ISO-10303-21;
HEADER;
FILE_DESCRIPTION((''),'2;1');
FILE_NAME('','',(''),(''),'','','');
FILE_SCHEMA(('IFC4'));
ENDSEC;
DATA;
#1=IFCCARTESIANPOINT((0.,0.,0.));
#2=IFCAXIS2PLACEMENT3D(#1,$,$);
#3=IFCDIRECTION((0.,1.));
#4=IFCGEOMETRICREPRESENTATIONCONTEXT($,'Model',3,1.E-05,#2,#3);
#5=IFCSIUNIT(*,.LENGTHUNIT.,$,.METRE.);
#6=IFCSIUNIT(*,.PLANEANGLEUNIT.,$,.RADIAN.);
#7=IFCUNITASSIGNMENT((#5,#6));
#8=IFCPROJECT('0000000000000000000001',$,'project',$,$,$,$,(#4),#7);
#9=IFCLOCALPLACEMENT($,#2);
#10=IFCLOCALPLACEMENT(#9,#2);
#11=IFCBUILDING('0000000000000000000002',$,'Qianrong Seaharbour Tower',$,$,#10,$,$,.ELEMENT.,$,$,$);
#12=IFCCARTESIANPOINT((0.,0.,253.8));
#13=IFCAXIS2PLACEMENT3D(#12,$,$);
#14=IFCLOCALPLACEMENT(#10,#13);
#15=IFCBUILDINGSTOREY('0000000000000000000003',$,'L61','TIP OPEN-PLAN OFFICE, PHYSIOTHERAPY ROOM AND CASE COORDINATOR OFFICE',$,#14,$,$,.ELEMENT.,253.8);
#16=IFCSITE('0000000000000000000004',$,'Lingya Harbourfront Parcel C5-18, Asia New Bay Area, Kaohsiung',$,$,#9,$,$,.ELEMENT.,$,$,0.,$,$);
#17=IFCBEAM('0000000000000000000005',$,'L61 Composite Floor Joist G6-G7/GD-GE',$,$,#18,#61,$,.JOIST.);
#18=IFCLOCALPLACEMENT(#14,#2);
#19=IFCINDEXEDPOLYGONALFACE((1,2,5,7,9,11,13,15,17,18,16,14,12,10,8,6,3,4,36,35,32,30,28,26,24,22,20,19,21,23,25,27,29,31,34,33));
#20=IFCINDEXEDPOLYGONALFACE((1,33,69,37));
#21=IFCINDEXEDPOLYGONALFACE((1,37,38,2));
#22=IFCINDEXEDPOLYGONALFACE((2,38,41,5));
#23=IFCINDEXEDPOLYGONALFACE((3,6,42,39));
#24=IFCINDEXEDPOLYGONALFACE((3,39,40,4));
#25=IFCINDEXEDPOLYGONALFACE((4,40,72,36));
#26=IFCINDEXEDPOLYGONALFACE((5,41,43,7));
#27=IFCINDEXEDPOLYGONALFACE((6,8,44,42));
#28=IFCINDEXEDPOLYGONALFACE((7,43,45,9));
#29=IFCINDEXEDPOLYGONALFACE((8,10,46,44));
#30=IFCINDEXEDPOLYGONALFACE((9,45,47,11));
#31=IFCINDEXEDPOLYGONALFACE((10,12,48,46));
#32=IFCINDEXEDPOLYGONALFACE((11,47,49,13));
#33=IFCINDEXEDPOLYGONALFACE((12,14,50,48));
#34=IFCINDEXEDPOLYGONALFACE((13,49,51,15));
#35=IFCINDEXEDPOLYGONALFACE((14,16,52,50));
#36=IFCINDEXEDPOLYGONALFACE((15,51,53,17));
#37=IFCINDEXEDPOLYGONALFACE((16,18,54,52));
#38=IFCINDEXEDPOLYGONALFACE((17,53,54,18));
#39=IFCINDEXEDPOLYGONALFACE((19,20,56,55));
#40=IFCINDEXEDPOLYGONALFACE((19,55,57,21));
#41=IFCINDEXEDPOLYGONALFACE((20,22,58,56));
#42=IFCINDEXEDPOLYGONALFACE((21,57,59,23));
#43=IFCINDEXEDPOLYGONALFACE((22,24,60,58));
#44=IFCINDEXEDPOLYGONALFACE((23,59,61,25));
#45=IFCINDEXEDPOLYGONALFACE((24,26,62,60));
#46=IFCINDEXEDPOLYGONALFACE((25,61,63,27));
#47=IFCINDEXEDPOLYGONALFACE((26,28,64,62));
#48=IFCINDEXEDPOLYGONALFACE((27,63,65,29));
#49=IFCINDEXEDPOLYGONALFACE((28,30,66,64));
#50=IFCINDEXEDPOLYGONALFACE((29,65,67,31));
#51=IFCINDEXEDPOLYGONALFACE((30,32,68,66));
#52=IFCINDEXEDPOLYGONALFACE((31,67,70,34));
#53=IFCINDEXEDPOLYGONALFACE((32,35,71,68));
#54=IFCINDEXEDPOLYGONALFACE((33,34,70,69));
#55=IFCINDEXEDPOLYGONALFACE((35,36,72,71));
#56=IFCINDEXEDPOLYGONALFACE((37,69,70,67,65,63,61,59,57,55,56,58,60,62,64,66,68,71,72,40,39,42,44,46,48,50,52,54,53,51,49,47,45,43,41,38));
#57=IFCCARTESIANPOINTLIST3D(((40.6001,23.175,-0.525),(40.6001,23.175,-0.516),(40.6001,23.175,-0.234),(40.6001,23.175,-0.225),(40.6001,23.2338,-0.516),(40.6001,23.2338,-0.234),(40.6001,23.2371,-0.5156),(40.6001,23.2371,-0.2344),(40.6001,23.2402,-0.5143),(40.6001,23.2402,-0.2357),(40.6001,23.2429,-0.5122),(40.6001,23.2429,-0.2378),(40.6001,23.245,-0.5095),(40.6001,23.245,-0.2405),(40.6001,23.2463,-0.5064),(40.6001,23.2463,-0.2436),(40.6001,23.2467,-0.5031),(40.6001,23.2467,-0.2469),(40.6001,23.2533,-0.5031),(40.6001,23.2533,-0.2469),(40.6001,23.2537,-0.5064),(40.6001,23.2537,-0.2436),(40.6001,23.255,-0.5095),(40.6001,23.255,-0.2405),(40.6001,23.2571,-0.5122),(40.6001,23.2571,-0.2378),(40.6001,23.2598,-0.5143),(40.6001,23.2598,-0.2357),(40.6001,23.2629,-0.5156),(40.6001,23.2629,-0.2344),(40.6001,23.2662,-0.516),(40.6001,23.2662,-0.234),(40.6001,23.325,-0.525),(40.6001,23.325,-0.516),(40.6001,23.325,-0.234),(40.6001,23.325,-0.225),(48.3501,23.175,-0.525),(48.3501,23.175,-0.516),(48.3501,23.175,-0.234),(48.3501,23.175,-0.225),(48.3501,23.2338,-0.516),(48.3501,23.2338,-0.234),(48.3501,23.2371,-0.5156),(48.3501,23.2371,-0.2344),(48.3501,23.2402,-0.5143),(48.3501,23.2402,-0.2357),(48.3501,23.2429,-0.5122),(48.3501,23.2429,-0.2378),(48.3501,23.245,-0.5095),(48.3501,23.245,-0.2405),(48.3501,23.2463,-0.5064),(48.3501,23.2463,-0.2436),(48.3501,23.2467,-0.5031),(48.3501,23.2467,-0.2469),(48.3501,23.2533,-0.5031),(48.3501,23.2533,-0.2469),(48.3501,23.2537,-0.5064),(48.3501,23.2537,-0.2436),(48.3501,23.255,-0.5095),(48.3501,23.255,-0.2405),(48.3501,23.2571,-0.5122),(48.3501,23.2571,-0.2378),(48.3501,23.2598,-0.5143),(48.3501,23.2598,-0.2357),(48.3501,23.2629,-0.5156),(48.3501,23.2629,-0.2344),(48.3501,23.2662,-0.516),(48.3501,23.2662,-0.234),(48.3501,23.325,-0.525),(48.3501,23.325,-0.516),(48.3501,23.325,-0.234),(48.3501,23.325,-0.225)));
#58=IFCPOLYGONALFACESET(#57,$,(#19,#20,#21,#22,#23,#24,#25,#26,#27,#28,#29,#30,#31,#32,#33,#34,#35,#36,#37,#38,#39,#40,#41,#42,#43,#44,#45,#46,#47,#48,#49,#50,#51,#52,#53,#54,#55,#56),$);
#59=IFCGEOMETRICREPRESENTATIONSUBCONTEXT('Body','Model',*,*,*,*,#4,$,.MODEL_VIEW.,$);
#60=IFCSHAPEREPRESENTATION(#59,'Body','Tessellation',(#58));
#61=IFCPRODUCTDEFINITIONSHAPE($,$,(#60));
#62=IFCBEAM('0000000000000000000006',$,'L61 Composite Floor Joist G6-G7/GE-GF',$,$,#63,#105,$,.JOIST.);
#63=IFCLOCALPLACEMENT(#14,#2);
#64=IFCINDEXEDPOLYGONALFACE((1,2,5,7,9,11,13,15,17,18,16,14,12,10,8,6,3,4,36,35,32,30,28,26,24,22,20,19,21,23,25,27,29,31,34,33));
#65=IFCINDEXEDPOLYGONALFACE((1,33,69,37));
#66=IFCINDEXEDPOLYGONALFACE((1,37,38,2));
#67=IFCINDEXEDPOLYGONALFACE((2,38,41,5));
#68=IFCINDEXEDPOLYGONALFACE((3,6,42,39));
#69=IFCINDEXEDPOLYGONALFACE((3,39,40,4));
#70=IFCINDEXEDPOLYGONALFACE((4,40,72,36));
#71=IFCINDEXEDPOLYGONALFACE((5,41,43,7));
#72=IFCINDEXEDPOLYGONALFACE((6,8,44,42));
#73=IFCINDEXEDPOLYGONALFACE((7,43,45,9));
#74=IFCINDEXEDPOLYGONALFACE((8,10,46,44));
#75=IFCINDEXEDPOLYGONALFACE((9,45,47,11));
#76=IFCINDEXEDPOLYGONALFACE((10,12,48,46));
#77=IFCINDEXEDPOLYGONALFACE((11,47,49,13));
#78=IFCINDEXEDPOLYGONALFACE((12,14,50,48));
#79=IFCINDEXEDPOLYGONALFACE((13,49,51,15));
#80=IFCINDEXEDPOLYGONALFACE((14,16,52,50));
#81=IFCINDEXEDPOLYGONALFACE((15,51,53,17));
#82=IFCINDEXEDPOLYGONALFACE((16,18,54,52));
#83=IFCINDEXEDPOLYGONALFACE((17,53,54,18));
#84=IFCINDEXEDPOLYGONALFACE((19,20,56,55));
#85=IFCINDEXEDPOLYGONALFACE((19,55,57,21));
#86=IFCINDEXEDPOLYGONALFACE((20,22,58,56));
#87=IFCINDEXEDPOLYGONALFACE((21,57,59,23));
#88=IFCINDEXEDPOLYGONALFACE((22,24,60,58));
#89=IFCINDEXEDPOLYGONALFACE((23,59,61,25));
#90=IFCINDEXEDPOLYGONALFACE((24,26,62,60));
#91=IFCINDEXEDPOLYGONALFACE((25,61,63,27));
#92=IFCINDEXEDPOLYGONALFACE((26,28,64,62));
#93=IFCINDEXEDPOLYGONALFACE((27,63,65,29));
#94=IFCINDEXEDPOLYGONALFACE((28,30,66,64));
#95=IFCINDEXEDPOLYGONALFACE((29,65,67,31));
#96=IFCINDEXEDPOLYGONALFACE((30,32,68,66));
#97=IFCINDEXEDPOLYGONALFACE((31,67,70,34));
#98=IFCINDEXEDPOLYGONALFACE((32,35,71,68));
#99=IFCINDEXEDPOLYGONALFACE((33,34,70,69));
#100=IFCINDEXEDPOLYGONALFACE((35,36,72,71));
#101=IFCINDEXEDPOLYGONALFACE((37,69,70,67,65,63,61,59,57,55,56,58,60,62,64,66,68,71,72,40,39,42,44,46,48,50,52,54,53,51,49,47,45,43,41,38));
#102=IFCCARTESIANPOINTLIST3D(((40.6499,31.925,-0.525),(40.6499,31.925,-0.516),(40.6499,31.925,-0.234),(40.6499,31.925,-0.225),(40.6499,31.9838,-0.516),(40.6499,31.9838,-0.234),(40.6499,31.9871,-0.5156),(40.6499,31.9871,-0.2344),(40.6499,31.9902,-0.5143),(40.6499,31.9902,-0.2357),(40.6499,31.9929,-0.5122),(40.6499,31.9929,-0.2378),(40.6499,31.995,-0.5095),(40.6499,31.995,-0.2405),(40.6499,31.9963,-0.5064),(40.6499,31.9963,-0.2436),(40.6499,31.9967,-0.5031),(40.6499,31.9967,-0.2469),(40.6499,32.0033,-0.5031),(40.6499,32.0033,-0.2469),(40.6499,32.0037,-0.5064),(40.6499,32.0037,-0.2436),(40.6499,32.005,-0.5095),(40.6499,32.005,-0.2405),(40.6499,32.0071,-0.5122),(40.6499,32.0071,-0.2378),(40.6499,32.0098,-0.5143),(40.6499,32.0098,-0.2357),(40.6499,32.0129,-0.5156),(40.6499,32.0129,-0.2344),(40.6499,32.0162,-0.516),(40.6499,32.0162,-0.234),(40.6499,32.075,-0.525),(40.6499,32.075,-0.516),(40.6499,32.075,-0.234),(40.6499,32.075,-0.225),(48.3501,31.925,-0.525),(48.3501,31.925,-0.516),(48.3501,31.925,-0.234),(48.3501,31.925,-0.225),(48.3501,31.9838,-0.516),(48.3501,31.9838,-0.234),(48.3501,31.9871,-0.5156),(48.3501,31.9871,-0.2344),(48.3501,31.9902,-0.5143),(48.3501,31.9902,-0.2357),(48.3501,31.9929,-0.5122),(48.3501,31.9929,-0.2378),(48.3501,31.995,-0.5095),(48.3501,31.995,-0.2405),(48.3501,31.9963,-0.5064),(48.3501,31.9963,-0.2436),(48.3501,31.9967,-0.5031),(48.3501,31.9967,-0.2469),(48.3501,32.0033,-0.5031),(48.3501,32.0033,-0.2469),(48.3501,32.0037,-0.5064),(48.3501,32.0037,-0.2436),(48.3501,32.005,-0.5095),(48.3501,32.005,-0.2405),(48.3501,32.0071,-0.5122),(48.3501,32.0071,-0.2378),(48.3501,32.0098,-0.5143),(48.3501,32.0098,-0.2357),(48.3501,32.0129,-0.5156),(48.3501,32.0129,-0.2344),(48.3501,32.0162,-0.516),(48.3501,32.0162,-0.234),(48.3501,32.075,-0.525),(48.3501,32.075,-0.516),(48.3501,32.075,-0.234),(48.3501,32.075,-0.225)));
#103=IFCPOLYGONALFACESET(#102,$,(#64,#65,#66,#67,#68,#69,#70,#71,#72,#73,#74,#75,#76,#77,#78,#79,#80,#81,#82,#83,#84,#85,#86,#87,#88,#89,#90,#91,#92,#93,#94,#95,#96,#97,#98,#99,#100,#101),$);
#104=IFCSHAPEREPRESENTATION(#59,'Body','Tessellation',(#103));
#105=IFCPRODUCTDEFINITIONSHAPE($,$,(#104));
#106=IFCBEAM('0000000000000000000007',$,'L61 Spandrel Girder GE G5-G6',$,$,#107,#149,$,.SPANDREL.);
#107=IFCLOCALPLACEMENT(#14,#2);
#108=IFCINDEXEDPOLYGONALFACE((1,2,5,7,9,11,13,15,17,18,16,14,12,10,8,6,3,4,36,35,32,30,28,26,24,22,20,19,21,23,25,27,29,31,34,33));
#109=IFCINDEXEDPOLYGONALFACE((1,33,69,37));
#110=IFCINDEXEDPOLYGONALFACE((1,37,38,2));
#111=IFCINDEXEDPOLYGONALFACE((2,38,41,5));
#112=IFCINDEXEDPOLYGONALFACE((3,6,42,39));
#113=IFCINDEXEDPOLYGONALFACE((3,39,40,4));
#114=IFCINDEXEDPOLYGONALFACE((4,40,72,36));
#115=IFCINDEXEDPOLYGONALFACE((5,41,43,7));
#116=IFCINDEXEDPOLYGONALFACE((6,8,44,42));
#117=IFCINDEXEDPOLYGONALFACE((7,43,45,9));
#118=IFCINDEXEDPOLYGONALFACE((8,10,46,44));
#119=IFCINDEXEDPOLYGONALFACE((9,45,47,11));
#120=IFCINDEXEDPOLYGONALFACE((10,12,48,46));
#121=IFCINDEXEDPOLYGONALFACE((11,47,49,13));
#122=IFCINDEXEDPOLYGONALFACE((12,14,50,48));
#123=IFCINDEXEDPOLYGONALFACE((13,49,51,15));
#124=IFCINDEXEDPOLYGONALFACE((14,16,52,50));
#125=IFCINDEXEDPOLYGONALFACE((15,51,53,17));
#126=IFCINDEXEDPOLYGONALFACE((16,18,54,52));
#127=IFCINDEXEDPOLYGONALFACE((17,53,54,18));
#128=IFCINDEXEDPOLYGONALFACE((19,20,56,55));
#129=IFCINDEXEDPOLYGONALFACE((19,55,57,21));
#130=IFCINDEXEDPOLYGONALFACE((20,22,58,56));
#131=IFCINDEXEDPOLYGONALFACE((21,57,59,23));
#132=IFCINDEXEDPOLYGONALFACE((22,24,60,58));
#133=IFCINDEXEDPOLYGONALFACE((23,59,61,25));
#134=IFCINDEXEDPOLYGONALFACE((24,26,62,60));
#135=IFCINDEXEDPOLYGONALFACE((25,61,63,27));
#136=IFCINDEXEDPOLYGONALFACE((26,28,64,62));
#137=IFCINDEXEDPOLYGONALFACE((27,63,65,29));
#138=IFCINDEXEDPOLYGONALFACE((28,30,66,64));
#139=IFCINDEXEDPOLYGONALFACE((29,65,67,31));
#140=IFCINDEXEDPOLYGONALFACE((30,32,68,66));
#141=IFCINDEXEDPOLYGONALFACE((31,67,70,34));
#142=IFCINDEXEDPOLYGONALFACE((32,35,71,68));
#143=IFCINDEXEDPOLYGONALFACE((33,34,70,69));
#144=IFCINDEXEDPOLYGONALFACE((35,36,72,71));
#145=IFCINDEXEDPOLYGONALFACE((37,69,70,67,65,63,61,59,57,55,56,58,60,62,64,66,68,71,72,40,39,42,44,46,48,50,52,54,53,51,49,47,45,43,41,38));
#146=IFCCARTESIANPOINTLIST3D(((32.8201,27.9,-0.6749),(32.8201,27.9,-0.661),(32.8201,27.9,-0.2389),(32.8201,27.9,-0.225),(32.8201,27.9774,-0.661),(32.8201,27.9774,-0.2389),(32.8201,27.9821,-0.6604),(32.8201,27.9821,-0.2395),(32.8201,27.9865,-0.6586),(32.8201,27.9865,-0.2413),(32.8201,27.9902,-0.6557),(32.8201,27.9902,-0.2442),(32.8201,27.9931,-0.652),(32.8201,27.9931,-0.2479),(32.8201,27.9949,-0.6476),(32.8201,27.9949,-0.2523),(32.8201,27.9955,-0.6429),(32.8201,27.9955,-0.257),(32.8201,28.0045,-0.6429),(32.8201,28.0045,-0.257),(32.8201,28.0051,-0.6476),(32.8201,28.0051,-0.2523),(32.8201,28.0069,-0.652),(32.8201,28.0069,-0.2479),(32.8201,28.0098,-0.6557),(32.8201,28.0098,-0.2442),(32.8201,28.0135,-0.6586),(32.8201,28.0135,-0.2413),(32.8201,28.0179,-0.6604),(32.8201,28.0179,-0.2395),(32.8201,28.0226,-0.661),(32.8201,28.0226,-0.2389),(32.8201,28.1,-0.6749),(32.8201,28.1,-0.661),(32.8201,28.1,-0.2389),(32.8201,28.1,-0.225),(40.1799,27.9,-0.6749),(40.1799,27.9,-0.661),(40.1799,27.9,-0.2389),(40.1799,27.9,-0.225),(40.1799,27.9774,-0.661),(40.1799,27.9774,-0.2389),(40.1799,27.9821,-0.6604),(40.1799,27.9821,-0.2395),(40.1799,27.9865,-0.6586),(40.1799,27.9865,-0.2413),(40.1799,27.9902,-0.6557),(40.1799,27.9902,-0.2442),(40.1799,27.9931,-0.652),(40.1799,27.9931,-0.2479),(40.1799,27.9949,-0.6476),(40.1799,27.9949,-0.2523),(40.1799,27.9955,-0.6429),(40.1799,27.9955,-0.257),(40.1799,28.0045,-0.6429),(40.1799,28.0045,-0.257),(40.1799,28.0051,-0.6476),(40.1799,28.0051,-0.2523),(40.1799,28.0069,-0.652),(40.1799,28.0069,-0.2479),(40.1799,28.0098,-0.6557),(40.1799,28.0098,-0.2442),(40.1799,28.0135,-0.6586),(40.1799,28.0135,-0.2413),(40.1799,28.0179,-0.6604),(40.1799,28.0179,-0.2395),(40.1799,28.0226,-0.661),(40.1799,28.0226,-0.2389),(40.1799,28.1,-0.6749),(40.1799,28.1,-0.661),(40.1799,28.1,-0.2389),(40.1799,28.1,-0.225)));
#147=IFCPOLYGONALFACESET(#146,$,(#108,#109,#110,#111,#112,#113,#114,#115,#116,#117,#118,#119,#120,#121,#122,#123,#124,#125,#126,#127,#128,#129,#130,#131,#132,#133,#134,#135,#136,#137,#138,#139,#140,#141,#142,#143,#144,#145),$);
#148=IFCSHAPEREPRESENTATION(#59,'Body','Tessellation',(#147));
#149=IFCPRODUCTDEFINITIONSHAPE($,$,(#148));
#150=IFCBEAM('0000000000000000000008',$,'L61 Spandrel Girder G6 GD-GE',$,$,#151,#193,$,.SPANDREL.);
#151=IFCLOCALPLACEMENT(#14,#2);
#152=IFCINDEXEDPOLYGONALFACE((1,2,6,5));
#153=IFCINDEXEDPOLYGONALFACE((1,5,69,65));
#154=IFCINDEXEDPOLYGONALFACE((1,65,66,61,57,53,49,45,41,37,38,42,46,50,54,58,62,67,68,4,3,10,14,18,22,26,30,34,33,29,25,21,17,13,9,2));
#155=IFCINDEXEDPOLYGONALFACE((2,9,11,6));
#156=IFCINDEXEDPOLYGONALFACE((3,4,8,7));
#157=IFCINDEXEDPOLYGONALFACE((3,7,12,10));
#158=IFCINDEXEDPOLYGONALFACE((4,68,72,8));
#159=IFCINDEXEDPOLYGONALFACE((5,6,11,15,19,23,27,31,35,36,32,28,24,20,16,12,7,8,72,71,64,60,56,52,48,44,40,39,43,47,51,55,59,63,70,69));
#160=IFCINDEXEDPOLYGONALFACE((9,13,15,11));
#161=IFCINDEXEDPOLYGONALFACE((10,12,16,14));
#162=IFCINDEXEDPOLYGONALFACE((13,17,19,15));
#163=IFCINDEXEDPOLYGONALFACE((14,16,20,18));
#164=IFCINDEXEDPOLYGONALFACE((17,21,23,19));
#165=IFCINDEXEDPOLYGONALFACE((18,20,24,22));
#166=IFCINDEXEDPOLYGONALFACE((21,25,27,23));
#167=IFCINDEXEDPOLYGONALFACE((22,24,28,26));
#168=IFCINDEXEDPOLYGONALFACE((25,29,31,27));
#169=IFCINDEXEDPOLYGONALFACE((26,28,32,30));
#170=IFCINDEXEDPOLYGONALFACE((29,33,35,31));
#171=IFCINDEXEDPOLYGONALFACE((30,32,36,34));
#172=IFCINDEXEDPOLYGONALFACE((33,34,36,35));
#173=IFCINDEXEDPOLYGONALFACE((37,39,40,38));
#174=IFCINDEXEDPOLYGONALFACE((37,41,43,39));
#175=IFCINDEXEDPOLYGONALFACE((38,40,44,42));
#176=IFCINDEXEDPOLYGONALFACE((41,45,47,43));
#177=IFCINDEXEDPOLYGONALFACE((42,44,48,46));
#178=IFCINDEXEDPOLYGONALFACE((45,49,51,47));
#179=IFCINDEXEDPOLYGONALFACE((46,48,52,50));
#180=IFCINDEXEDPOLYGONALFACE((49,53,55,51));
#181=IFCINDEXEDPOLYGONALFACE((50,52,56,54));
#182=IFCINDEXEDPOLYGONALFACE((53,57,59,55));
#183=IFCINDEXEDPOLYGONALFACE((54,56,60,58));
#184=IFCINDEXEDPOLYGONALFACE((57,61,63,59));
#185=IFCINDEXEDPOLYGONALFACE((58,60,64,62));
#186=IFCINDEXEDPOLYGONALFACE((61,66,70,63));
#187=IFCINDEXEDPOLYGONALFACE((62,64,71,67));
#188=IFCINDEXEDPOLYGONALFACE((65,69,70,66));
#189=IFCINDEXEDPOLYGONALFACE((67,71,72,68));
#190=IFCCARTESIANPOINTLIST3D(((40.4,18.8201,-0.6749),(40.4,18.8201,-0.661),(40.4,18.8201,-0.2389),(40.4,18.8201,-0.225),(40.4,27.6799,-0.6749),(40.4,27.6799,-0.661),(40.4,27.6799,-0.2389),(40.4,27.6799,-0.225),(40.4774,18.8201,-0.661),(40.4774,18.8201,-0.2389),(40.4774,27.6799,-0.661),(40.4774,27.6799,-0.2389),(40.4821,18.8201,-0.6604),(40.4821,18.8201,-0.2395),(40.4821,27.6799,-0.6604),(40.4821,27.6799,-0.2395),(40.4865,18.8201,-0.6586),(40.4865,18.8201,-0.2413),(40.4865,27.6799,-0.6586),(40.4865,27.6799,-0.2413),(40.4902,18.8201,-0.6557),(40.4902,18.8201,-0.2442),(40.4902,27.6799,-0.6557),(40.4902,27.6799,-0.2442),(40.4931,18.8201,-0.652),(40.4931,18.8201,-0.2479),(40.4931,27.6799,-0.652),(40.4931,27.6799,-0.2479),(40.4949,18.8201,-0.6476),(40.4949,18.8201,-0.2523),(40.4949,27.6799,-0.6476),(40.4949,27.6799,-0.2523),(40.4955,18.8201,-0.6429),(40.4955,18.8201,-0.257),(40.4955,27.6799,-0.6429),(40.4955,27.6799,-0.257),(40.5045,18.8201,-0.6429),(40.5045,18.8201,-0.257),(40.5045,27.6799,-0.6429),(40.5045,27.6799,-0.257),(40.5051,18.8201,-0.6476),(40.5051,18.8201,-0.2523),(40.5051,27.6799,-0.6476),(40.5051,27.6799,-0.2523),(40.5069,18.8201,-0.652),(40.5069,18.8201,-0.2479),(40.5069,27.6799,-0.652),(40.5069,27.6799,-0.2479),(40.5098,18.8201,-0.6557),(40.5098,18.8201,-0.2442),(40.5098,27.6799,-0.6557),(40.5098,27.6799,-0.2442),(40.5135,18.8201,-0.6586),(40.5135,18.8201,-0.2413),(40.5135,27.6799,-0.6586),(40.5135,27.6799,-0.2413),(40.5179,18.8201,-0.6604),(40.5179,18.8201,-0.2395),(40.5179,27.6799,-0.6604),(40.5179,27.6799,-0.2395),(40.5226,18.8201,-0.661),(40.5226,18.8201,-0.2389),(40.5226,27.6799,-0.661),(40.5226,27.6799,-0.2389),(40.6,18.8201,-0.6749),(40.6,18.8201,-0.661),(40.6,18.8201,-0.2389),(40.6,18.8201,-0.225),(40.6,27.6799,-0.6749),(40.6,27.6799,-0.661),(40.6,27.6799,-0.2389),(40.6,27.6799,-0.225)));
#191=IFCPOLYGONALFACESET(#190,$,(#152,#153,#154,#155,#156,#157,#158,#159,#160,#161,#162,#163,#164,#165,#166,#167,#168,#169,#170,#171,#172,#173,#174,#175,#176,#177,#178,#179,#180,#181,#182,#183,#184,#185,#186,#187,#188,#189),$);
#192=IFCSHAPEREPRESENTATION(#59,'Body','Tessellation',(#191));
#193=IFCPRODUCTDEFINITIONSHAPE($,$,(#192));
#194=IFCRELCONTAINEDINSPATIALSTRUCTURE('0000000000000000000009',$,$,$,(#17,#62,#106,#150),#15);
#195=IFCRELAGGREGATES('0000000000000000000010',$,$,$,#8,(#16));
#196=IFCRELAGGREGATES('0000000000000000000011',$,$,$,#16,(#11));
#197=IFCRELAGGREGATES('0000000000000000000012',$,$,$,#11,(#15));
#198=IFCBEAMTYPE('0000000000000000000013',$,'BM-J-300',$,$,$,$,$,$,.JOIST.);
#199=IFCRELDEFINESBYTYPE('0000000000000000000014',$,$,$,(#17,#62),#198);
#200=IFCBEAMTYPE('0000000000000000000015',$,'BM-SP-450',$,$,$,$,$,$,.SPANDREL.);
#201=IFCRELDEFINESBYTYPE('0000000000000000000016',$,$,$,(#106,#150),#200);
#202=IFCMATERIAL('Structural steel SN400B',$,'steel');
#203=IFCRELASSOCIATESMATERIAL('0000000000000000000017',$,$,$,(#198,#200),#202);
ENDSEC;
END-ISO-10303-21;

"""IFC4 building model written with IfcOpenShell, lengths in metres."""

from ifc_helpers import new_model, si_unit, direction, frame, origin, origin_2d, place, context, subcontext, project, spatial, i_section, extrude, material, material_profile, profile_set, type_object, element, save


model = new_model("IFC4")

# Units and contexts
model_context = context("Model", 3, precision=1e-05, world=origin(), true_north=direction((0.0, 1.0)))
body_context = subcontext(model_context, "Body", "Model", "MODEL_VIEW")
ifc_project = project(units=[si_unit("LENGTHUNIT", "METRE"), si_unit("PLANEANGLEUNIT", "RADIAN")], contexts=[model_context])

# Site, building, storey
site_placement = place(None, origin())
site = spatial("IfcSite", under=ifc_project, at=site_placement, Name="Lingya Harbourfront Parcel C5-18, Asia New Bay Area, Kaohsiung", CompositionType="ELEMENT", RefElevation=0.0)
building_placement = place(site_placement, origin())
building = spatial("IfcBuilding", under=site, at=building_placement, Name="Qianrong Seaharbour Tower", CompositionType="ELEMENT")
storey_placement = place(building_placement, frame((0.0, 0.0, 253.8)))
storey = spatial("IfcBuildingStorey", under=building, at=storey_placement, Name="L61", Description="TIP OPEN-PLAN OFFICE, PHYSIOTHERAPY ROOM AND CASE COORDINATOR OFFICE", CompositionType="ELEMENT", Elevation=253.8)

# Beams
ifc_material_1 = material(Name="Structural steel SN400B", Category="steel")
ifc_material_profile_1 = material_profile(ifc_material_1, i_section(OverallWidth=0.1499, OverallDepth=0.3, WebThickness=0.0066, FlangeThickness=0.009, FilletRadius=0.0129, at=origin_2d()), Name="H300x150x6.5x9")
ifc_profile_set_1 = profile_set([ifc_material_profile_1], Name="Structural steel SN400B")
beam_type_1 = type_object("IfcBeamType", Name="BM-J-300", PredefinedType="JOIST", material=ifc_profile_set_1)
beam_1_placement = place(storey_placement, frame((40.6001, 23.25, -0.375), z_axis=(1.0, 0.0, 0.0), x_axis=(0.0, 1.0, 0.0)))
element("IfcBeam", 1, at=beam_1_placement, inside=storey, type_object=beam_type_1, Name="L61 Composite Floor Joist G6-G7/GD-GE", PredefinedType="JOIST", context=body_context, shape_type="SweptSolid", body=[
    extrude(i_section(OverallWidth=0.1499, OverallDepth=0.3, WebThickness=0.0066, FlangeThickness=0.009, FilletRadius=0.0129, at=origin_2d()), origin(), (0.0, 0.0, 1.0), 7.75),
])
beam_2_placement = place(storey_placement, frame((40.6499, 32.0, -0.375), z_axis=(1.0, 0.0, 0.0), x_axis=(0.0, 1.0, 0.0)))
element("IfcBeam", 2, at=beam_2_placement, inside=storey, type_object=beam_type_1, Name="L61 Composite Floor Joist G6-G7/GE-GF", PredefinedType="JOIST", context=body_context, shape_type="SweptSolid", body=[
    extrude(i_section(OverallWidth=0.1499, OverallDepth=0.3, WebThickness=0.0066, FlangeThickness=0.009, FilletRadius=0.0129, at=origin_2d()), origin(), (0.0, 0.0, 1.0), 7.7002),
])
ifc_material_profile_2 = material_profile(ifc_material_1, i_section(OverallWidth=0.2, OverallDepth=0.45, WebThickness=0.009, FlangeThickness=0.0139, FilletRadius=0.0181, at=origin_2d()), Name="H450x200x9x14")
ifc_profile_set_2 = profile_set([ifc_material_profile_2], Name="Structural steel SN400B")
beam_type_2 = type_object("IfcBeamType", Name="BM-SP-450", PredefinedType="SPANDREL", material=ifc_profile_set_2)
beam_3_placement = place(storey_placement, frame((32.8201, 28.0, -0.45), z_axis=(1.0, 0.0, 0.0), x_axis=(0.0, 1.0, 0.0)))
element("IfcBeam", 3, at=beam_3_placement, inside=storey, type_object=beam_type_2, Name="L61 Spandrel Girder GE G5-G6", PredefinedType="SPANDREL", context=body_context, shape_type="SweptSolid", body=[
    extrude(i_section(OverallWidth=0.2, OverallDepth=0.45, WebThickness=0.009, FlangeThickness=0.0139, FilletRadius=0.0181, at=origin_2d()), origin(), (0.0, 0.0, 1.0), 7.3599),
])
beam_4_placement = place(storey_placement, frame((40.5, 18.8201, -0.45), z_axis=(0.0, 1.0, 0.0), x_axis=(-1.0, 0.0, 0.0)))
element("IfcBeam", 4, at=beam_4_placement, inside=storey, type_object=beam_type_2, Name="L61 Spandrel Girder G6 GD-GE", PredefinedType="SPANDREL", context=body_context, shape_type="SweptSolid", body=[
    extrude(i_section(OverallWidth=0.2, OverallDepth=0.45, WebThickness=0.009, FlangeThickness=0.0139, FilletRadius=0.0181, at=origin_2d()), origin(), (0.0, 0.0, 1.0), 8.8599),
])

save(model, "model.ifc")
